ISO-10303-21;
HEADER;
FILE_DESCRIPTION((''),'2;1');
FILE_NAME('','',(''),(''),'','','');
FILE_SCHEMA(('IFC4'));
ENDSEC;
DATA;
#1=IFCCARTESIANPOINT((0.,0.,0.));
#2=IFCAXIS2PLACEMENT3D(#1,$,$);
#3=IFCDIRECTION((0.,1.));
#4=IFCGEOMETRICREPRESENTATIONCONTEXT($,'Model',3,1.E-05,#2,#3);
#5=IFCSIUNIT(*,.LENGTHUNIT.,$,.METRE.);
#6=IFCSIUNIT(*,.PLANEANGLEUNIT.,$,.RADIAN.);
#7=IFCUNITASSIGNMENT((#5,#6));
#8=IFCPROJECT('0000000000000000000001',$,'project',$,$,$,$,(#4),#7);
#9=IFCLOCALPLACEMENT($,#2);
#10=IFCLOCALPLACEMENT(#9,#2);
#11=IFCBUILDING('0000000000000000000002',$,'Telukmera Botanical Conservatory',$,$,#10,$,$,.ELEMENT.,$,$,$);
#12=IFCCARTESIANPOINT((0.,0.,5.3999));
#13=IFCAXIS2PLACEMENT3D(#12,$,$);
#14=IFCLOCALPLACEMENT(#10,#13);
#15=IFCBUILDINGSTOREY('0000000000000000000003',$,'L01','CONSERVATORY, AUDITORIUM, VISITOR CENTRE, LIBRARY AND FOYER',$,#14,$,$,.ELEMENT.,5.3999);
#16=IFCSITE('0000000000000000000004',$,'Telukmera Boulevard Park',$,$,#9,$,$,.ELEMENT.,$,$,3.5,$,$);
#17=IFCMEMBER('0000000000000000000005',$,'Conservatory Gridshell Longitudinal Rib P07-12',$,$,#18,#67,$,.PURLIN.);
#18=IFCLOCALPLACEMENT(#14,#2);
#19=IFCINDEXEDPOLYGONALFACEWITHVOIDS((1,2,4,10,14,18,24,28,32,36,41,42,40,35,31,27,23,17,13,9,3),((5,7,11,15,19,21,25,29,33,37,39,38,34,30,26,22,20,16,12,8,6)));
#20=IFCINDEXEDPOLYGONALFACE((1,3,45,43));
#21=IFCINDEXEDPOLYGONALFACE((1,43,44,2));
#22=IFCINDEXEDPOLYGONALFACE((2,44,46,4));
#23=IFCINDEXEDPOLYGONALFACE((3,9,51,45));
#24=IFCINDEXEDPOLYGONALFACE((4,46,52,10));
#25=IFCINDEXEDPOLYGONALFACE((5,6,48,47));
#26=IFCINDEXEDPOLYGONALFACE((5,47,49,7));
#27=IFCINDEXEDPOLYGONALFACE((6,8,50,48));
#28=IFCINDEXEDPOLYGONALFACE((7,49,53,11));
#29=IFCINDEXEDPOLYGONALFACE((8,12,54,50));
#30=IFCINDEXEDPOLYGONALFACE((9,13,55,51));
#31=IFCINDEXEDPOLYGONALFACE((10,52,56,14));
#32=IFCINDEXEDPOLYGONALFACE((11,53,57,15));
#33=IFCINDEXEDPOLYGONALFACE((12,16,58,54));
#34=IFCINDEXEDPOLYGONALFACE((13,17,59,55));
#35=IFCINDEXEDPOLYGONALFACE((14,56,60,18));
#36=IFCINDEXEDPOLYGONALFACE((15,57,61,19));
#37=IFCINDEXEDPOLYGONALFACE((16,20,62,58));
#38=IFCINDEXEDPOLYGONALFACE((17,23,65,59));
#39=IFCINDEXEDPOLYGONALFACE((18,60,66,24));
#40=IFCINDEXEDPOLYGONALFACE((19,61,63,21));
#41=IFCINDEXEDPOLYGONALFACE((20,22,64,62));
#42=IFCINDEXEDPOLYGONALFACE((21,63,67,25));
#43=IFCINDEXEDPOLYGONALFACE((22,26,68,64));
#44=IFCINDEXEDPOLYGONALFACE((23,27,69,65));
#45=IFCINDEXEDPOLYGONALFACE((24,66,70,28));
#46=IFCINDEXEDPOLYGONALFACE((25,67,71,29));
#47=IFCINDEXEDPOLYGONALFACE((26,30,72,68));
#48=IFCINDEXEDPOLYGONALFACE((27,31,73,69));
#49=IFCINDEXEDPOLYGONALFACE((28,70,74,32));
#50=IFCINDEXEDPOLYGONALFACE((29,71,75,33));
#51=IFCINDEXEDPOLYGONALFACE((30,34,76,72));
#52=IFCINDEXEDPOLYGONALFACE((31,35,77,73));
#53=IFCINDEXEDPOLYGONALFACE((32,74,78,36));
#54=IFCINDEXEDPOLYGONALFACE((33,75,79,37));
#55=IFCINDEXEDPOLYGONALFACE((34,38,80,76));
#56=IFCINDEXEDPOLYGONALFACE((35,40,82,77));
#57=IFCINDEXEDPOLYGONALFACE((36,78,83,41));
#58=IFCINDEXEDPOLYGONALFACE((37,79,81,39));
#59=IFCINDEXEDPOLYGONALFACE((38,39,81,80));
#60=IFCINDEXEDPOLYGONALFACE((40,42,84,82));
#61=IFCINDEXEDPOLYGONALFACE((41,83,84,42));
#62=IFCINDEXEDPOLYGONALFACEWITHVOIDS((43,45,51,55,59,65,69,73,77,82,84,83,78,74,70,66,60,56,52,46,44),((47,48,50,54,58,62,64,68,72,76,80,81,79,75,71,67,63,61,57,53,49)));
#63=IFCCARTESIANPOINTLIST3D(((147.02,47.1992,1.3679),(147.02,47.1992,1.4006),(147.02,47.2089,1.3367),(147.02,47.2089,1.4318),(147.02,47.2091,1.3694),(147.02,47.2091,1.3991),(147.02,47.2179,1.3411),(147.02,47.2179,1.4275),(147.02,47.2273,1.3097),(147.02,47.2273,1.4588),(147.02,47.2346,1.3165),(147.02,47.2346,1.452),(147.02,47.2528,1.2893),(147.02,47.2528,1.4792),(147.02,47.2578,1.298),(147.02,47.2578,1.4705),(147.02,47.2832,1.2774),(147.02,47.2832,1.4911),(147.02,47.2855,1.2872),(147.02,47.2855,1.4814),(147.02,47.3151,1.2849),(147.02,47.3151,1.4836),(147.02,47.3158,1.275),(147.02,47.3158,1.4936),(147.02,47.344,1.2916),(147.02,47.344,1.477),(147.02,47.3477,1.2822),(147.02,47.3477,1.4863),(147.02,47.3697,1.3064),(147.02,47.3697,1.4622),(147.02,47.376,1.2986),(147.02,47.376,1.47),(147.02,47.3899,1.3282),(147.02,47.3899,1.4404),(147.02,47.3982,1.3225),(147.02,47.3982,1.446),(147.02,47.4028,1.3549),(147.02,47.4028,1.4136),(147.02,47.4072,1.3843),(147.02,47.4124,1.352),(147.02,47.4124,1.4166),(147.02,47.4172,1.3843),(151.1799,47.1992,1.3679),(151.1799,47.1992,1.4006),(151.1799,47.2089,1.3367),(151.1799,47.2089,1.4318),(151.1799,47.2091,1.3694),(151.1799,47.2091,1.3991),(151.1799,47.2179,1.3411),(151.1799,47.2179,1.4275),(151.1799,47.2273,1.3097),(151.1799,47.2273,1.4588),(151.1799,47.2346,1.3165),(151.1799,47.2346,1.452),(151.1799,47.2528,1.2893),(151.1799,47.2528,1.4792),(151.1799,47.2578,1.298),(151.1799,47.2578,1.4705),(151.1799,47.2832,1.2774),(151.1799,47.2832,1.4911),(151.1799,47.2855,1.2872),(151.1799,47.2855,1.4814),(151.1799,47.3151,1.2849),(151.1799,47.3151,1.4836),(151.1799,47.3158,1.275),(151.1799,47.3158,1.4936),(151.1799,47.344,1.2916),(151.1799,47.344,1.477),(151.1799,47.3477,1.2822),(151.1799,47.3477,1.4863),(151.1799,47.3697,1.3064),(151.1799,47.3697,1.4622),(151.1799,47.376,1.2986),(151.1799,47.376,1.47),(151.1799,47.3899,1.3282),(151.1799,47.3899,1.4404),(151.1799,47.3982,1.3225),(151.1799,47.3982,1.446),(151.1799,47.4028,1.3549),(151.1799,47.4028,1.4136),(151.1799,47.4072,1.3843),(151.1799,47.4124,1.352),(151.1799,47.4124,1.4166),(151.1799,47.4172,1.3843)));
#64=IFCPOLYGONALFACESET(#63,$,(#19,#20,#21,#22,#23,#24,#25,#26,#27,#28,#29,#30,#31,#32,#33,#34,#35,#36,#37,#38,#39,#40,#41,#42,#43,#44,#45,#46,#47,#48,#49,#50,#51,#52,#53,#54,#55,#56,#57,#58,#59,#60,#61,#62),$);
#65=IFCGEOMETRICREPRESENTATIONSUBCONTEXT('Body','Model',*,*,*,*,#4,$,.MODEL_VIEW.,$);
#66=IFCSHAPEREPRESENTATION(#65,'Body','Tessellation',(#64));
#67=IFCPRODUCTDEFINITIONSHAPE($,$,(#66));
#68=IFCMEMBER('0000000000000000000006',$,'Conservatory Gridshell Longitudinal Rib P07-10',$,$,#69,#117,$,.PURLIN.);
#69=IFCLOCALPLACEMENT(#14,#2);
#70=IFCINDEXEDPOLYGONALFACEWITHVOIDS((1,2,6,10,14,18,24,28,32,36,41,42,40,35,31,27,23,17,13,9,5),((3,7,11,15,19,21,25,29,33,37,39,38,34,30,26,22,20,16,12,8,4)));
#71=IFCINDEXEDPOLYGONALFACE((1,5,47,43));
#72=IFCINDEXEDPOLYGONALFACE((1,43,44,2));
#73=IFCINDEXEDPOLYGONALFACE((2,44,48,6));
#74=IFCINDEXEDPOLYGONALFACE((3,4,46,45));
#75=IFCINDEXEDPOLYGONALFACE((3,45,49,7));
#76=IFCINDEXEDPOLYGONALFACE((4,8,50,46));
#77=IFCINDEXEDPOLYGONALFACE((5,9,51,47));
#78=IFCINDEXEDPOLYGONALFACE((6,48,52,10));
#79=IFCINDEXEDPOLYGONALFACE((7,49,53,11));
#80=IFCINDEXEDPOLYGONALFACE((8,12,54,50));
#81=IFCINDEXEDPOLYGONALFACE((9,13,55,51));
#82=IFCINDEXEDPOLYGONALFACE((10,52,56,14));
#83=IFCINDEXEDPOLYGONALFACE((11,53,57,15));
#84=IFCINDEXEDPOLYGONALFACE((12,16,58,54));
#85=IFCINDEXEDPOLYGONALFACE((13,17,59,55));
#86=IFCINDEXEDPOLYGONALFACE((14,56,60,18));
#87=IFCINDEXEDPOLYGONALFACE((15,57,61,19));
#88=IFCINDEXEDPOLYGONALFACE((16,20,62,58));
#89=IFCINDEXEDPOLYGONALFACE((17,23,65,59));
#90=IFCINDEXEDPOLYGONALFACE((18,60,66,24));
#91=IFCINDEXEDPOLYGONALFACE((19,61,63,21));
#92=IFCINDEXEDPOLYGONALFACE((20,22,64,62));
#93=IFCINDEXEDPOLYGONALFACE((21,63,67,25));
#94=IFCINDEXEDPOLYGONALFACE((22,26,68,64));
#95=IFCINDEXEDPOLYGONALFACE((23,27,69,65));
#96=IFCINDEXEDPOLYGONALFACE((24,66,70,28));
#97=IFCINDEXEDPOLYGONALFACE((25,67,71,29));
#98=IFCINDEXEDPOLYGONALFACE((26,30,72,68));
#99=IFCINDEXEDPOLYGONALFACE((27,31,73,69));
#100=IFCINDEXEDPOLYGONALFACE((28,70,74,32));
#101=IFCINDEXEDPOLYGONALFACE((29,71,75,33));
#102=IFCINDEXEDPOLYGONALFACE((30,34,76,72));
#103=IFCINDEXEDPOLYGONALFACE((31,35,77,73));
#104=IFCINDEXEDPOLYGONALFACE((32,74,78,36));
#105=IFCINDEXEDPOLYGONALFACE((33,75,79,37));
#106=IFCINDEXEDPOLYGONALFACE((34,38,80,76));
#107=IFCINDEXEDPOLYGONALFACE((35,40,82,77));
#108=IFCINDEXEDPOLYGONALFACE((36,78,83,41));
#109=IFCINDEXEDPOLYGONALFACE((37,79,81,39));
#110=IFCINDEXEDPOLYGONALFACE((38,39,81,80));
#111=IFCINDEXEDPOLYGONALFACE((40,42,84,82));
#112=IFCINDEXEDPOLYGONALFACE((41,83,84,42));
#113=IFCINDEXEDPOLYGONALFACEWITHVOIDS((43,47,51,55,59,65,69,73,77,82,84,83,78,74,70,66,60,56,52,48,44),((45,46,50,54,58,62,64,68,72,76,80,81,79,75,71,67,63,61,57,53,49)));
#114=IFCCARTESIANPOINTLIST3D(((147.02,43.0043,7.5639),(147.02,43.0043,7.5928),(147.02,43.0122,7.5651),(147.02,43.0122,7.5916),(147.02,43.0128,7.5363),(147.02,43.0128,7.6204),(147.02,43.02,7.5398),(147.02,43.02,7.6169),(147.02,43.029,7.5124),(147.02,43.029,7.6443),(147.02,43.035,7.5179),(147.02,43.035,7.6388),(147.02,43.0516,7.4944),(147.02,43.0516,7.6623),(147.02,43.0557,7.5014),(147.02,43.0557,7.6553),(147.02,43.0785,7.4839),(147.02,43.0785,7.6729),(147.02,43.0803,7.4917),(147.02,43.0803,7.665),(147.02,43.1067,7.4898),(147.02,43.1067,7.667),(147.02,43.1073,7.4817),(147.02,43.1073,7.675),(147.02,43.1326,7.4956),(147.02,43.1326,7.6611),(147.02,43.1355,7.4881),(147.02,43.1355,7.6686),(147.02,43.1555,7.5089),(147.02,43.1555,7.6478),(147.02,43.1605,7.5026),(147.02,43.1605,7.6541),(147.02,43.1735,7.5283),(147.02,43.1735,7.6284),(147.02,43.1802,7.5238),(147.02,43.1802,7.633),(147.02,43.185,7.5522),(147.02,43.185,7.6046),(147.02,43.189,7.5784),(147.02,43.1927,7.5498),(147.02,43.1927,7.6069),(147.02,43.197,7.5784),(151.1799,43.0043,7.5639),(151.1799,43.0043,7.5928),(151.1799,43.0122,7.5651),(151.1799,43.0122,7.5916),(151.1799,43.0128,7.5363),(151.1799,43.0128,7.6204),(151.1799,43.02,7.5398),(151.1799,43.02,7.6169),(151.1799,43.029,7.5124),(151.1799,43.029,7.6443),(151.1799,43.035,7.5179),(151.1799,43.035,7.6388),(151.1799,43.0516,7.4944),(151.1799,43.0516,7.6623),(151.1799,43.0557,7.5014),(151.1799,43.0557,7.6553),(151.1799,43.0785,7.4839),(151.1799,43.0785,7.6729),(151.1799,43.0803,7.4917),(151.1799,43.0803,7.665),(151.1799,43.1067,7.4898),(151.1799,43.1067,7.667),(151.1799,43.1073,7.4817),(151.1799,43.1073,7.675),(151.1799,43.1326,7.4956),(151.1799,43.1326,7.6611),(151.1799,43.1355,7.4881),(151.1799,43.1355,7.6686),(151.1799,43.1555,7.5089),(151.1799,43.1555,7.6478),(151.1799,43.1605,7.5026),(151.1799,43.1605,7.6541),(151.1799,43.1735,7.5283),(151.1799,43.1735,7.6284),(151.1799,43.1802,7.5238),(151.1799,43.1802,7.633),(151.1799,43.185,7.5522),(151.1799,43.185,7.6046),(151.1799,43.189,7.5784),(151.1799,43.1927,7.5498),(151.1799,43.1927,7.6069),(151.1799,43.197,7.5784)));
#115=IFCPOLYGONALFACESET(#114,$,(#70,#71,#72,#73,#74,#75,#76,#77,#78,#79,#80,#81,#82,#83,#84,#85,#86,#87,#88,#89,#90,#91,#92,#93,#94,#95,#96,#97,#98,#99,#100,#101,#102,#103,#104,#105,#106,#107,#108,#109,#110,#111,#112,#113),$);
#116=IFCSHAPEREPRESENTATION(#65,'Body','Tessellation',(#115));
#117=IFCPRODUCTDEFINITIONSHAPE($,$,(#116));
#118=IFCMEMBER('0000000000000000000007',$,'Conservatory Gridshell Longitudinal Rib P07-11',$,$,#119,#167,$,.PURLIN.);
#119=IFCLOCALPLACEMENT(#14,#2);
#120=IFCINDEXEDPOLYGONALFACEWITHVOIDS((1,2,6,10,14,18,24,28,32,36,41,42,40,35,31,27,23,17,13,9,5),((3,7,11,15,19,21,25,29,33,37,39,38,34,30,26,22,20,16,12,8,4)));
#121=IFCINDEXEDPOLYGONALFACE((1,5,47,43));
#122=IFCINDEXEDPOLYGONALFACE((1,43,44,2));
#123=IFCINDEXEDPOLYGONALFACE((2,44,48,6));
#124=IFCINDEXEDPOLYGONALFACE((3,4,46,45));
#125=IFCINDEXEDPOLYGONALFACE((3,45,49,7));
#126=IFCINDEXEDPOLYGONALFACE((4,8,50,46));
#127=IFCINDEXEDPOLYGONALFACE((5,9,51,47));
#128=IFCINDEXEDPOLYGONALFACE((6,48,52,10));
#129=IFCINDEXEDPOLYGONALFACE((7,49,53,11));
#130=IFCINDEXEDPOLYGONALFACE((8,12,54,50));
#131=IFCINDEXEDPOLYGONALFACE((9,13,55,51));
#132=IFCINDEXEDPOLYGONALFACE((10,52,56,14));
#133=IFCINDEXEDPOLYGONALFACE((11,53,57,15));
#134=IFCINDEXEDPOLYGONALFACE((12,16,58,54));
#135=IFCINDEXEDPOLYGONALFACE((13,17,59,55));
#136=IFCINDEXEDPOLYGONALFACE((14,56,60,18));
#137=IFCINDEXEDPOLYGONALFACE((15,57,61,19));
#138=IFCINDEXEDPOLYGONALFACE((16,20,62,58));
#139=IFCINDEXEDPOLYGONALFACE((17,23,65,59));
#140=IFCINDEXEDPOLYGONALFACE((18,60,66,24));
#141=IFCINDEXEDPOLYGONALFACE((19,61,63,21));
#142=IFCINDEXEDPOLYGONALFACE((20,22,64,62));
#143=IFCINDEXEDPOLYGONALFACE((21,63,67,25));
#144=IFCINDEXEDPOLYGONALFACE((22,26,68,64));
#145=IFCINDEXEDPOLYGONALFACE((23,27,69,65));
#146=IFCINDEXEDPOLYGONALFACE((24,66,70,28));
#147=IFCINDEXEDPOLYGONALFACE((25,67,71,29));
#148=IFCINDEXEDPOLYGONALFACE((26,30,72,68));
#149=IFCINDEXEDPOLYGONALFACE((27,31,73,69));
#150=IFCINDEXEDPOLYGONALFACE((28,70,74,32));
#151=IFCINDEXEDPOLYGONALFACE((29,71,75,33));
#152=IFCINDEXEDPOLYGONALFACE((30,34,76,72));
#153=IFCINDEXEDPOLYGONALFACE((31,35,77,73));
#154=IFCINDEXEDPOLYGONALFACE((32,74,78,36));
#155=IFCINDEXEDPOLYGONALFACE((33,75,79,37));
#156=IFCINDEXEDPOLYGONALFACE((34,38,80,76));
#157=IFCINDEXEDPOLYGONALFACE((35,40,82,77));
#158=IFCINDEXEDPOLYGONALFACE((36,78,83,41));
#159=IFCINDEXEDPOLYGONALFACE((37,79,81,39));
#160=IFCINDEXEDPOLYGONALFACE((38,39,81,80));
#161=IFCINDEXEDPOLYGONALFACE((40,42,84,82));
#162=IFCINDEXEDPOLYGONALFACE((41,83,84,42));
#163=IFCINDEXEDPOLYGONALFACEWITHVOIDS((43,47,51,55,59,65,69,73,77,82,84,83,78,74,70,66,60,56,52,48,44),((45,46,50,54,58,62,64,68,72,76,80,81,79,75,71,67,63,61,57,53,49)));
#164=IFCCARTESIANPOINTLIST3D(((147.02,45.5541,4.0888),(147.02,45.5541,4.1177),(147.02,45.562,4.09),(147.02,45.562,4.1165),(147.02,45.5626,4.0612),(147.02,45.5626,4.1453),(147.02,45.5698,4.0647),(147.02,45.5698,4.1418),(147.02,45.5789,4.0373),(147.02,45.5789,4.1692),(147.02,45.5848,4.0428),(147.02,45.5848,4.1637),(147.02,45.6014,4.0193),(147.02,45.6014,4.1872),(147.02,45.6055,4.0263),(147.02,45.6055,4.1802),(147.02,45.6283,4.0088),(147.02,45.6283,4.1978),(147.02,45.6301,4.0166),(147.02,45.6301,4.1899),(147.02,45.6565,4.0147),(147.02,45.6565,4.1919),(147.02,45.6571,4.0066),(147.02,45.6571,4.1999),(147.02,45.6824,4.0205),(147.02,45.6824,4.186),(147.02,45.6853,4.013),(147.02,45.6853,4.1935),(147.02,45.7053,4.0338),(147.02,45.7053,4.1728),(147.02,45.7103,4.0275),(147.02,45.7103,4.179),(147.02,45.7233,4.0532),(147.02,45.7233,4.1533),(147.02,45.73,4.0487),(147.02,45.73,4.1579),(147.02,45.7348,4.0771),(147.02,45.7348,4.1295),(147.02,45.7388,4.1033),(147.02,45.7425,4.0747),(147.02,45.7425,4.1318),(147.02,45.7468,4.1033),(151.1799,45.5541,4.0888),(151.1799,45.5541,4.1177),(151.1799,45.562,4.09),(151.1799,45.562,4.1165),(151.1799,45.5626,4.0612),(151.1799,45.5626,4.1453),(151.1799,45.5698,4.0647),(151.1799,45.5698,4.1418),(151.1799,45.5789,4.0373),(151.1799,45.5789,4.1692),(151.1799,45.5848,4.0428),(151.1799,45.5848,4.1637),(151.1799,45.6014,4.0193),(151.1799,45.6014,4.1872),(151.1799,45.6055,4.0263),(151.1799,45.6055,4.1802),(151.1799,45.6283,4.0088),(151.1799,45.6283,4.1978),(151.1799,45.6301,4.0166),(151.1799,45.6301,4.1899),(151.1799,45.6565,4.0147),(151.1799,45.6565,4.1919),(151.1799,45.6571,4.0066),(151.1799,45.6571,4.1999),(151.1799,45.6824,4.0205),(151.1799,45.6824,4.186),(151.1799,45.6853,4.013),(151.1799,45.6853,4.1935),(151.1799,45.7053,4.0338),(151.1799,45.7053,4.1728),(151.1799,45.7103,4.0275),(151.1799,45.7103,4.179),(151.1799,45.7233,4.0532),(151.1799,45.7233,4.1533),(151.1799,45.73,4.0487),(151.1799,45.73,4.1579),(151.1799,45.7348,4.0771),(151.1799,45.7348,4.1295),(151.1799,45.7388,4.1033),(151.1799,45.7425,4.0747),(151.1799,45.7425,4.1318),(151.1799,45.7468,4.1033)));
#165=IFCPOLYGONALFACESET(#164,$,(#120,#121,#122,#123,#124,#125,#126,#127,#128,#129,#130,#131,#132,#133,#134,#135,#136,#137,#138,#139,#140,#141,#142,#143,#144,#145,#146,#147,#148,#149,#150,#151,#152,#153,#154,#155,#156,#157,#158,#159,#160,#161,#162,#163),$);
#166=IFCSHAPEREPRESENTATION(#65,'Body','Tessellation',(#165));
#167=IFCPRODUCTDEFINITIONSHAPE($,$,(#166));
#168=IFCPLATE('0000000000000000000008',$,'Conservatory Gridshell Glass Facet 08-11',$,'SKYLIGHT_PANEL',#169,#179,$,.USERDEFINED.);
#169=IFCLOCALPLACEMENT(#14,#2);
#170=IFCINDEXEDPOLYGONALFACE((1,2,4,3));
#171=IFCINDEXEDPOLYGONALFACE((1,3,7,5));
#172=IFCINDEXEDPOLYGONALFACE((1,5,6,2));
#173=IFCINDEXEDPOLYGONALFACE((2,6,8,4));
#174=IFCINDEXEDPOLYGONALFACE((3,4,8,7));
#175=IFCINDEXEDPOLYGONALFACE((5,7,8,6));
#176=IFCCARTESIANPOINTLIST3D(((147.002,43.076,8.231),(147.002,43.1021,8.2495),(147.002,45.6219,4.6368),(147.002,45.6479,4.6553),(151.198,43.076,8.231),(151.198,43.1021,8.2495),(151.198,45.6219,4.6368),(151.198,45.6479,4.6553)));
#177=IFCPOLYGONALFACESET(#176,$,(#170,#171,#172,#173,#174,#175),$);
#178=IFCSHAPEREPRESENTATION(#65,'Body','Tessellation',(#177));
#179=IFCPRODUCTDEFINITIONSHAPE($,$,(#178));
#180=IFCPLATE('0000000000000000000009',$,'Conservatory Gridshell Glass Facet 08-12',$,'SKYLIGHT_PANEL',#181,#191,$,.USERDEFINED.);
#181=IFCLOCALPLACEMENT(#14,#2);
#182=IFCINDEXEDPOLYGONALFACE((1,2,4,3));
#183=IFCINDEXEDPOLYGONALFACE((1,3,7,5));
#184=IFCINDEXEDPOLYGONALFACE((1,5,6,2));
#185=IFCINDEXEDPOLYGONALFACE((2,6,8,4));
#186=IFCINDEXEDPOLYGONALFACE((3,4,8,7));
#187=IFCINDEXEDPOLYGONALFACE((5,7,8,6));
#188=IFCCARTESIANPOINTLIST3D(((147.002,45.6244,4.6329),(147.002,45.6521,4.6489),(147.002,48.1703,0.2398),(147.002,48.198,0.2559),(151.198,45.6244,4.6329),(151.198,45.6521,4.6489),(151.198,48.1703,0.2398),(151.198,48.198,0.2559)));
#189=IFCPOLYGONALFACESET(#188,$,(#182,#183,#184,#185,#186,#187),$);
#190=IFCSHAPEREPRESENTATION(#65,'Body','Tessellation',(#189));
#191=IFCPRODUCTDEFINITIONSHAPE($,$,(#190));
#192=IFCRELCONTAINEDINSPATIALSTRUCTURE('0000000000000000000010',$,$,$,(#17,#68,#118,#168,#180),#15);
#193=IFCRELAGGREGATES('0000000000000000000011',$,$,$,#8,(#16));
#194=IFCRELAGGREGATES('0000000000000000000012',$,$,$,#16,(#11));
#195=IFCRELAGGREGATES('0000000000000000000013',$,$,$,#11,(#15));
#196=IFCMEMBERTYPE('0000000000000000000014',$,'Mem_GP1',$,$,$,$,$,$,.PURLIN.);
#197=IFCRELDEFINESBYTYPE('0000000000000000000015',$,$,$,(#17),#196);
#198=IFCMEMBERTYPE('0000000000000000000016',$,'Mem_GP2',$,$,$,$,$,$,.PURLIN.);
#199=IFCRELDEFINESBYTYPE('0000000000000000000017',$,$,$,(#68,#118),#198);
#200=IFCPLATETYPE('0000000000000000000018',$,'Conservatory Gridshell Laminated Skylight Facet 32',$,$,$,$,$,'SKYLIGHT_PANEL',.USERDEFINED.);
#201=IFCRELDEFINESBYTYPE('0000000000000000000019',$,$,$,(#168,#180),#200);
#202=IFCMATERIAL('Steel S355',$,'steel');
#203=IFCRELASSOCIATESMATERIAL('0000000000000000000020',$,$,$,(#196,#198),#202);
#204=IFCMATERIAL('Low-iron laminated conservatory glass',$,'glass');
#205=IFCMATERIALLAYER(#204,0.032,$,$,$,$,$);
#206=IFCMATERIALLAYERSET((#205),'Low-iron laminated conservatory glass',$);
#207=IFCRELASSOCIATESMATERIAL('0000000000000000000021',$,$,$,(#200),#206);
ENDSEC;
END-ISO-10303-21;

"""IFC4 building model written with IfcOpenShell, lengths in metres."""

from ifc_helpers import new_model, si_unit, direction, frame, origin, origin_2d, place, context, subcontext, project, spatial, polyline, hollow_circle, outline, extrude, material, layer, layer_set, material_profile, profile_set, type_object, element, save


model = new_model("IFC4")

# Units and contexts
model_context = context("Model", 3, precision=1e-05, world=origin(), true_north=direction((0.0, 1.0)))
body_context = subcontext(model_context, "Body", "Model", "MODEL_VIEW")
ifc_project = project(units=[si_unit("LENGTHUNIT", "METRE"), si_unit("PLANEANGLEUNIT", "RADIAN")], contexts=[model_context])

# Site, building, storey
site_placement = place(None, origin())
site = spatial("IfcSite", under=ifc_project, at=site_placement, Name="Telukmera Boulevard Park", CompositionType="ELEMENT", RefElevation=3.5)
building_placement = place(site_placement, origin())
building = spatial("IfcBuilding", under=site, at=building_placement, Name="Telukmera Botanical Conservatory", CompositionType="ELEMENT")
storey_placement = place(building_placement, frame((0.0, 0.0, 5.3999)))
storey = spatial("IfcBuildingStorey", under=building, at=storey_placement, Name="L01", Description="CONSERVATORY, AUDITORIUM, VISITOR CENTRE, LIBRARY AND FOYER", CompositionType="ELEMENT", Elevation=5.3999)

# Shared definitions
ifc_material_1 = material(Name="Steel S355", Category="steel")

# Members
ifc_material_profile_1 = material_profile(ifc_material_1, hollow_circle(Radius=0.1096, WallThickness=0.01, at=origin_2d()), Name="CHS 219.1x10.0")
ifc_profile_set_1 = profile_set([ifc_material_profile_1], Name="Steel S355")
member_type_1 = type_object("IfcMemberType", Name="Mem_GP1", PredefinedType="PURLIN", material=ifc_profile_set_1)
member_1_placement = place(storey_placement, frame((147.02, 47.3076, 1.3843), z_axis=(1.0, 0.0, 0.0), x_axis=(0.0, 1.0, 0.0)))
element("IfcMember", 1, at=member_1_placement, inside=storey, type_object=member_type_1, Name="Conservatory Gridshell Longitudinal Rib P07-12", PredefinedType="PURLIN", context=body_context, shape_type="SweptSolid", body=[
    extrude(hollow_circle(Radius=0.1096, WallThickness=0.01, at=origin_2d()), origin(), (0.0, 0.0, 1.0), 4.1599),
])
ifc_material_profile_2 = material_profile(ifc_material_1, hollow_circle(Radius=0.0969, WallThickness=0.0081, at=origin_2d()), Name="CHS 193.7x8.0")
ifc_profile_set_2 = profile_set([ifc_material_profile_2], Name="Steel S355")
member_type_2 = type_object("IfcMemberType", Name="Mem_GP2", PredefinedType="PURLIN", material=ifc_profile_set_2)
for number, where, z_axis, x_axis, name in (
    (2, (147.02, 43.1001, 7.5784), (1.0, 0.0, 0.0), (0.0, 1.0, 0.0), "Conservatory Gridshell Longitudinal Rib P07-10"),
    (3, (147.02, 45.6499, 4.1033), (1.0, 0.0, 0.0), (0.0, 1.0, 0.0), "Conservatory Gridshell Longitudinal Rib P07-11"),
):
    element("IfcMember", number, at=place(storey_placement, frame(where, z_axis=z_axis, x_axis=x_axis)), inside=storey, type_object=member_type_2, Name=name, PredefinedType="PURLIN", context=body_context, shape_type="SweptSolid", body=[
        extrude(hollow_circle(Radius=0.0969, WallThickness=0.0081, at=origin_2d()), origin(), (0.0, 0.0, 1.0), 4.1599),
    ])

# Plates
ifc_material_2 = material(Name="Low-iron laminated conservatory glass", Category="glass")
ifc_layer_1 = layer(ifc_material_2, 0.032)
ifc_layer_set_1 = layer_set([ifc_layer_1], Name="Low-iron laminated conservatory glass")
plate_type_1 = type_object("IfcPlateType", Name="Conservatory Gridshell Laminated Skylight Facet 32", ElementType="SKYLIGHT_PANEL", PredefinedType="USERDEFINED", material=ifc_layer_set_1)
plate_1_placement = place(storey_placement, frame((147.002, 43.1021, 8.2495), z_axis=(0.0, 0.816027, 0.578014), x_axis=(1.0, 0.0, 0.0)))
element("IfcPlate", 4, at=plate_1_placement, inside=storey, type_object=plate_type_1, Name="Conservatory Gridshell Glass Facet 08-11", ObjectType="SKYLIGHT_PANEL", PredefinedType="USERDEFINED", context=body_context, shape_type="SweptSolid", body=[
    extrude(outline(polyline([(0.0, 0.0), (4.196, 0.0), (4.196, 4.4046), (0.0, 4.4046), (0.0, 0.0)])), origin(), (0.0, 0.0, -1.0), 0.032),
])
plate_2_placement = place(storey_placement, frame((147.002, 45.6521, 4.6489), z_axis=(0.0, 0.865209, 0.501412), x_axis=(1.0, 0.0, 0.0)))
element("IfcPlate", 5, at=plate_2_placement, inside=storey, type_object=plate_type_1, Name="Conservatory Gridshell Glass Facet 08-12", ObjectType="SKYLIGHT_PANEL", PredefinedType="USERDEFINED", context=body_context, shape_type="SweptSolid", body=[
    extrude(outline(polyline([(0.0, 0.0), (4.196, 0.0), (4.196, 5.0775), (0.0, 5.0775), (0.0, 0.0)])), origin(), (0.0, 0.0, -1.0), 0.032),
])

save(model, "model.ifc")
